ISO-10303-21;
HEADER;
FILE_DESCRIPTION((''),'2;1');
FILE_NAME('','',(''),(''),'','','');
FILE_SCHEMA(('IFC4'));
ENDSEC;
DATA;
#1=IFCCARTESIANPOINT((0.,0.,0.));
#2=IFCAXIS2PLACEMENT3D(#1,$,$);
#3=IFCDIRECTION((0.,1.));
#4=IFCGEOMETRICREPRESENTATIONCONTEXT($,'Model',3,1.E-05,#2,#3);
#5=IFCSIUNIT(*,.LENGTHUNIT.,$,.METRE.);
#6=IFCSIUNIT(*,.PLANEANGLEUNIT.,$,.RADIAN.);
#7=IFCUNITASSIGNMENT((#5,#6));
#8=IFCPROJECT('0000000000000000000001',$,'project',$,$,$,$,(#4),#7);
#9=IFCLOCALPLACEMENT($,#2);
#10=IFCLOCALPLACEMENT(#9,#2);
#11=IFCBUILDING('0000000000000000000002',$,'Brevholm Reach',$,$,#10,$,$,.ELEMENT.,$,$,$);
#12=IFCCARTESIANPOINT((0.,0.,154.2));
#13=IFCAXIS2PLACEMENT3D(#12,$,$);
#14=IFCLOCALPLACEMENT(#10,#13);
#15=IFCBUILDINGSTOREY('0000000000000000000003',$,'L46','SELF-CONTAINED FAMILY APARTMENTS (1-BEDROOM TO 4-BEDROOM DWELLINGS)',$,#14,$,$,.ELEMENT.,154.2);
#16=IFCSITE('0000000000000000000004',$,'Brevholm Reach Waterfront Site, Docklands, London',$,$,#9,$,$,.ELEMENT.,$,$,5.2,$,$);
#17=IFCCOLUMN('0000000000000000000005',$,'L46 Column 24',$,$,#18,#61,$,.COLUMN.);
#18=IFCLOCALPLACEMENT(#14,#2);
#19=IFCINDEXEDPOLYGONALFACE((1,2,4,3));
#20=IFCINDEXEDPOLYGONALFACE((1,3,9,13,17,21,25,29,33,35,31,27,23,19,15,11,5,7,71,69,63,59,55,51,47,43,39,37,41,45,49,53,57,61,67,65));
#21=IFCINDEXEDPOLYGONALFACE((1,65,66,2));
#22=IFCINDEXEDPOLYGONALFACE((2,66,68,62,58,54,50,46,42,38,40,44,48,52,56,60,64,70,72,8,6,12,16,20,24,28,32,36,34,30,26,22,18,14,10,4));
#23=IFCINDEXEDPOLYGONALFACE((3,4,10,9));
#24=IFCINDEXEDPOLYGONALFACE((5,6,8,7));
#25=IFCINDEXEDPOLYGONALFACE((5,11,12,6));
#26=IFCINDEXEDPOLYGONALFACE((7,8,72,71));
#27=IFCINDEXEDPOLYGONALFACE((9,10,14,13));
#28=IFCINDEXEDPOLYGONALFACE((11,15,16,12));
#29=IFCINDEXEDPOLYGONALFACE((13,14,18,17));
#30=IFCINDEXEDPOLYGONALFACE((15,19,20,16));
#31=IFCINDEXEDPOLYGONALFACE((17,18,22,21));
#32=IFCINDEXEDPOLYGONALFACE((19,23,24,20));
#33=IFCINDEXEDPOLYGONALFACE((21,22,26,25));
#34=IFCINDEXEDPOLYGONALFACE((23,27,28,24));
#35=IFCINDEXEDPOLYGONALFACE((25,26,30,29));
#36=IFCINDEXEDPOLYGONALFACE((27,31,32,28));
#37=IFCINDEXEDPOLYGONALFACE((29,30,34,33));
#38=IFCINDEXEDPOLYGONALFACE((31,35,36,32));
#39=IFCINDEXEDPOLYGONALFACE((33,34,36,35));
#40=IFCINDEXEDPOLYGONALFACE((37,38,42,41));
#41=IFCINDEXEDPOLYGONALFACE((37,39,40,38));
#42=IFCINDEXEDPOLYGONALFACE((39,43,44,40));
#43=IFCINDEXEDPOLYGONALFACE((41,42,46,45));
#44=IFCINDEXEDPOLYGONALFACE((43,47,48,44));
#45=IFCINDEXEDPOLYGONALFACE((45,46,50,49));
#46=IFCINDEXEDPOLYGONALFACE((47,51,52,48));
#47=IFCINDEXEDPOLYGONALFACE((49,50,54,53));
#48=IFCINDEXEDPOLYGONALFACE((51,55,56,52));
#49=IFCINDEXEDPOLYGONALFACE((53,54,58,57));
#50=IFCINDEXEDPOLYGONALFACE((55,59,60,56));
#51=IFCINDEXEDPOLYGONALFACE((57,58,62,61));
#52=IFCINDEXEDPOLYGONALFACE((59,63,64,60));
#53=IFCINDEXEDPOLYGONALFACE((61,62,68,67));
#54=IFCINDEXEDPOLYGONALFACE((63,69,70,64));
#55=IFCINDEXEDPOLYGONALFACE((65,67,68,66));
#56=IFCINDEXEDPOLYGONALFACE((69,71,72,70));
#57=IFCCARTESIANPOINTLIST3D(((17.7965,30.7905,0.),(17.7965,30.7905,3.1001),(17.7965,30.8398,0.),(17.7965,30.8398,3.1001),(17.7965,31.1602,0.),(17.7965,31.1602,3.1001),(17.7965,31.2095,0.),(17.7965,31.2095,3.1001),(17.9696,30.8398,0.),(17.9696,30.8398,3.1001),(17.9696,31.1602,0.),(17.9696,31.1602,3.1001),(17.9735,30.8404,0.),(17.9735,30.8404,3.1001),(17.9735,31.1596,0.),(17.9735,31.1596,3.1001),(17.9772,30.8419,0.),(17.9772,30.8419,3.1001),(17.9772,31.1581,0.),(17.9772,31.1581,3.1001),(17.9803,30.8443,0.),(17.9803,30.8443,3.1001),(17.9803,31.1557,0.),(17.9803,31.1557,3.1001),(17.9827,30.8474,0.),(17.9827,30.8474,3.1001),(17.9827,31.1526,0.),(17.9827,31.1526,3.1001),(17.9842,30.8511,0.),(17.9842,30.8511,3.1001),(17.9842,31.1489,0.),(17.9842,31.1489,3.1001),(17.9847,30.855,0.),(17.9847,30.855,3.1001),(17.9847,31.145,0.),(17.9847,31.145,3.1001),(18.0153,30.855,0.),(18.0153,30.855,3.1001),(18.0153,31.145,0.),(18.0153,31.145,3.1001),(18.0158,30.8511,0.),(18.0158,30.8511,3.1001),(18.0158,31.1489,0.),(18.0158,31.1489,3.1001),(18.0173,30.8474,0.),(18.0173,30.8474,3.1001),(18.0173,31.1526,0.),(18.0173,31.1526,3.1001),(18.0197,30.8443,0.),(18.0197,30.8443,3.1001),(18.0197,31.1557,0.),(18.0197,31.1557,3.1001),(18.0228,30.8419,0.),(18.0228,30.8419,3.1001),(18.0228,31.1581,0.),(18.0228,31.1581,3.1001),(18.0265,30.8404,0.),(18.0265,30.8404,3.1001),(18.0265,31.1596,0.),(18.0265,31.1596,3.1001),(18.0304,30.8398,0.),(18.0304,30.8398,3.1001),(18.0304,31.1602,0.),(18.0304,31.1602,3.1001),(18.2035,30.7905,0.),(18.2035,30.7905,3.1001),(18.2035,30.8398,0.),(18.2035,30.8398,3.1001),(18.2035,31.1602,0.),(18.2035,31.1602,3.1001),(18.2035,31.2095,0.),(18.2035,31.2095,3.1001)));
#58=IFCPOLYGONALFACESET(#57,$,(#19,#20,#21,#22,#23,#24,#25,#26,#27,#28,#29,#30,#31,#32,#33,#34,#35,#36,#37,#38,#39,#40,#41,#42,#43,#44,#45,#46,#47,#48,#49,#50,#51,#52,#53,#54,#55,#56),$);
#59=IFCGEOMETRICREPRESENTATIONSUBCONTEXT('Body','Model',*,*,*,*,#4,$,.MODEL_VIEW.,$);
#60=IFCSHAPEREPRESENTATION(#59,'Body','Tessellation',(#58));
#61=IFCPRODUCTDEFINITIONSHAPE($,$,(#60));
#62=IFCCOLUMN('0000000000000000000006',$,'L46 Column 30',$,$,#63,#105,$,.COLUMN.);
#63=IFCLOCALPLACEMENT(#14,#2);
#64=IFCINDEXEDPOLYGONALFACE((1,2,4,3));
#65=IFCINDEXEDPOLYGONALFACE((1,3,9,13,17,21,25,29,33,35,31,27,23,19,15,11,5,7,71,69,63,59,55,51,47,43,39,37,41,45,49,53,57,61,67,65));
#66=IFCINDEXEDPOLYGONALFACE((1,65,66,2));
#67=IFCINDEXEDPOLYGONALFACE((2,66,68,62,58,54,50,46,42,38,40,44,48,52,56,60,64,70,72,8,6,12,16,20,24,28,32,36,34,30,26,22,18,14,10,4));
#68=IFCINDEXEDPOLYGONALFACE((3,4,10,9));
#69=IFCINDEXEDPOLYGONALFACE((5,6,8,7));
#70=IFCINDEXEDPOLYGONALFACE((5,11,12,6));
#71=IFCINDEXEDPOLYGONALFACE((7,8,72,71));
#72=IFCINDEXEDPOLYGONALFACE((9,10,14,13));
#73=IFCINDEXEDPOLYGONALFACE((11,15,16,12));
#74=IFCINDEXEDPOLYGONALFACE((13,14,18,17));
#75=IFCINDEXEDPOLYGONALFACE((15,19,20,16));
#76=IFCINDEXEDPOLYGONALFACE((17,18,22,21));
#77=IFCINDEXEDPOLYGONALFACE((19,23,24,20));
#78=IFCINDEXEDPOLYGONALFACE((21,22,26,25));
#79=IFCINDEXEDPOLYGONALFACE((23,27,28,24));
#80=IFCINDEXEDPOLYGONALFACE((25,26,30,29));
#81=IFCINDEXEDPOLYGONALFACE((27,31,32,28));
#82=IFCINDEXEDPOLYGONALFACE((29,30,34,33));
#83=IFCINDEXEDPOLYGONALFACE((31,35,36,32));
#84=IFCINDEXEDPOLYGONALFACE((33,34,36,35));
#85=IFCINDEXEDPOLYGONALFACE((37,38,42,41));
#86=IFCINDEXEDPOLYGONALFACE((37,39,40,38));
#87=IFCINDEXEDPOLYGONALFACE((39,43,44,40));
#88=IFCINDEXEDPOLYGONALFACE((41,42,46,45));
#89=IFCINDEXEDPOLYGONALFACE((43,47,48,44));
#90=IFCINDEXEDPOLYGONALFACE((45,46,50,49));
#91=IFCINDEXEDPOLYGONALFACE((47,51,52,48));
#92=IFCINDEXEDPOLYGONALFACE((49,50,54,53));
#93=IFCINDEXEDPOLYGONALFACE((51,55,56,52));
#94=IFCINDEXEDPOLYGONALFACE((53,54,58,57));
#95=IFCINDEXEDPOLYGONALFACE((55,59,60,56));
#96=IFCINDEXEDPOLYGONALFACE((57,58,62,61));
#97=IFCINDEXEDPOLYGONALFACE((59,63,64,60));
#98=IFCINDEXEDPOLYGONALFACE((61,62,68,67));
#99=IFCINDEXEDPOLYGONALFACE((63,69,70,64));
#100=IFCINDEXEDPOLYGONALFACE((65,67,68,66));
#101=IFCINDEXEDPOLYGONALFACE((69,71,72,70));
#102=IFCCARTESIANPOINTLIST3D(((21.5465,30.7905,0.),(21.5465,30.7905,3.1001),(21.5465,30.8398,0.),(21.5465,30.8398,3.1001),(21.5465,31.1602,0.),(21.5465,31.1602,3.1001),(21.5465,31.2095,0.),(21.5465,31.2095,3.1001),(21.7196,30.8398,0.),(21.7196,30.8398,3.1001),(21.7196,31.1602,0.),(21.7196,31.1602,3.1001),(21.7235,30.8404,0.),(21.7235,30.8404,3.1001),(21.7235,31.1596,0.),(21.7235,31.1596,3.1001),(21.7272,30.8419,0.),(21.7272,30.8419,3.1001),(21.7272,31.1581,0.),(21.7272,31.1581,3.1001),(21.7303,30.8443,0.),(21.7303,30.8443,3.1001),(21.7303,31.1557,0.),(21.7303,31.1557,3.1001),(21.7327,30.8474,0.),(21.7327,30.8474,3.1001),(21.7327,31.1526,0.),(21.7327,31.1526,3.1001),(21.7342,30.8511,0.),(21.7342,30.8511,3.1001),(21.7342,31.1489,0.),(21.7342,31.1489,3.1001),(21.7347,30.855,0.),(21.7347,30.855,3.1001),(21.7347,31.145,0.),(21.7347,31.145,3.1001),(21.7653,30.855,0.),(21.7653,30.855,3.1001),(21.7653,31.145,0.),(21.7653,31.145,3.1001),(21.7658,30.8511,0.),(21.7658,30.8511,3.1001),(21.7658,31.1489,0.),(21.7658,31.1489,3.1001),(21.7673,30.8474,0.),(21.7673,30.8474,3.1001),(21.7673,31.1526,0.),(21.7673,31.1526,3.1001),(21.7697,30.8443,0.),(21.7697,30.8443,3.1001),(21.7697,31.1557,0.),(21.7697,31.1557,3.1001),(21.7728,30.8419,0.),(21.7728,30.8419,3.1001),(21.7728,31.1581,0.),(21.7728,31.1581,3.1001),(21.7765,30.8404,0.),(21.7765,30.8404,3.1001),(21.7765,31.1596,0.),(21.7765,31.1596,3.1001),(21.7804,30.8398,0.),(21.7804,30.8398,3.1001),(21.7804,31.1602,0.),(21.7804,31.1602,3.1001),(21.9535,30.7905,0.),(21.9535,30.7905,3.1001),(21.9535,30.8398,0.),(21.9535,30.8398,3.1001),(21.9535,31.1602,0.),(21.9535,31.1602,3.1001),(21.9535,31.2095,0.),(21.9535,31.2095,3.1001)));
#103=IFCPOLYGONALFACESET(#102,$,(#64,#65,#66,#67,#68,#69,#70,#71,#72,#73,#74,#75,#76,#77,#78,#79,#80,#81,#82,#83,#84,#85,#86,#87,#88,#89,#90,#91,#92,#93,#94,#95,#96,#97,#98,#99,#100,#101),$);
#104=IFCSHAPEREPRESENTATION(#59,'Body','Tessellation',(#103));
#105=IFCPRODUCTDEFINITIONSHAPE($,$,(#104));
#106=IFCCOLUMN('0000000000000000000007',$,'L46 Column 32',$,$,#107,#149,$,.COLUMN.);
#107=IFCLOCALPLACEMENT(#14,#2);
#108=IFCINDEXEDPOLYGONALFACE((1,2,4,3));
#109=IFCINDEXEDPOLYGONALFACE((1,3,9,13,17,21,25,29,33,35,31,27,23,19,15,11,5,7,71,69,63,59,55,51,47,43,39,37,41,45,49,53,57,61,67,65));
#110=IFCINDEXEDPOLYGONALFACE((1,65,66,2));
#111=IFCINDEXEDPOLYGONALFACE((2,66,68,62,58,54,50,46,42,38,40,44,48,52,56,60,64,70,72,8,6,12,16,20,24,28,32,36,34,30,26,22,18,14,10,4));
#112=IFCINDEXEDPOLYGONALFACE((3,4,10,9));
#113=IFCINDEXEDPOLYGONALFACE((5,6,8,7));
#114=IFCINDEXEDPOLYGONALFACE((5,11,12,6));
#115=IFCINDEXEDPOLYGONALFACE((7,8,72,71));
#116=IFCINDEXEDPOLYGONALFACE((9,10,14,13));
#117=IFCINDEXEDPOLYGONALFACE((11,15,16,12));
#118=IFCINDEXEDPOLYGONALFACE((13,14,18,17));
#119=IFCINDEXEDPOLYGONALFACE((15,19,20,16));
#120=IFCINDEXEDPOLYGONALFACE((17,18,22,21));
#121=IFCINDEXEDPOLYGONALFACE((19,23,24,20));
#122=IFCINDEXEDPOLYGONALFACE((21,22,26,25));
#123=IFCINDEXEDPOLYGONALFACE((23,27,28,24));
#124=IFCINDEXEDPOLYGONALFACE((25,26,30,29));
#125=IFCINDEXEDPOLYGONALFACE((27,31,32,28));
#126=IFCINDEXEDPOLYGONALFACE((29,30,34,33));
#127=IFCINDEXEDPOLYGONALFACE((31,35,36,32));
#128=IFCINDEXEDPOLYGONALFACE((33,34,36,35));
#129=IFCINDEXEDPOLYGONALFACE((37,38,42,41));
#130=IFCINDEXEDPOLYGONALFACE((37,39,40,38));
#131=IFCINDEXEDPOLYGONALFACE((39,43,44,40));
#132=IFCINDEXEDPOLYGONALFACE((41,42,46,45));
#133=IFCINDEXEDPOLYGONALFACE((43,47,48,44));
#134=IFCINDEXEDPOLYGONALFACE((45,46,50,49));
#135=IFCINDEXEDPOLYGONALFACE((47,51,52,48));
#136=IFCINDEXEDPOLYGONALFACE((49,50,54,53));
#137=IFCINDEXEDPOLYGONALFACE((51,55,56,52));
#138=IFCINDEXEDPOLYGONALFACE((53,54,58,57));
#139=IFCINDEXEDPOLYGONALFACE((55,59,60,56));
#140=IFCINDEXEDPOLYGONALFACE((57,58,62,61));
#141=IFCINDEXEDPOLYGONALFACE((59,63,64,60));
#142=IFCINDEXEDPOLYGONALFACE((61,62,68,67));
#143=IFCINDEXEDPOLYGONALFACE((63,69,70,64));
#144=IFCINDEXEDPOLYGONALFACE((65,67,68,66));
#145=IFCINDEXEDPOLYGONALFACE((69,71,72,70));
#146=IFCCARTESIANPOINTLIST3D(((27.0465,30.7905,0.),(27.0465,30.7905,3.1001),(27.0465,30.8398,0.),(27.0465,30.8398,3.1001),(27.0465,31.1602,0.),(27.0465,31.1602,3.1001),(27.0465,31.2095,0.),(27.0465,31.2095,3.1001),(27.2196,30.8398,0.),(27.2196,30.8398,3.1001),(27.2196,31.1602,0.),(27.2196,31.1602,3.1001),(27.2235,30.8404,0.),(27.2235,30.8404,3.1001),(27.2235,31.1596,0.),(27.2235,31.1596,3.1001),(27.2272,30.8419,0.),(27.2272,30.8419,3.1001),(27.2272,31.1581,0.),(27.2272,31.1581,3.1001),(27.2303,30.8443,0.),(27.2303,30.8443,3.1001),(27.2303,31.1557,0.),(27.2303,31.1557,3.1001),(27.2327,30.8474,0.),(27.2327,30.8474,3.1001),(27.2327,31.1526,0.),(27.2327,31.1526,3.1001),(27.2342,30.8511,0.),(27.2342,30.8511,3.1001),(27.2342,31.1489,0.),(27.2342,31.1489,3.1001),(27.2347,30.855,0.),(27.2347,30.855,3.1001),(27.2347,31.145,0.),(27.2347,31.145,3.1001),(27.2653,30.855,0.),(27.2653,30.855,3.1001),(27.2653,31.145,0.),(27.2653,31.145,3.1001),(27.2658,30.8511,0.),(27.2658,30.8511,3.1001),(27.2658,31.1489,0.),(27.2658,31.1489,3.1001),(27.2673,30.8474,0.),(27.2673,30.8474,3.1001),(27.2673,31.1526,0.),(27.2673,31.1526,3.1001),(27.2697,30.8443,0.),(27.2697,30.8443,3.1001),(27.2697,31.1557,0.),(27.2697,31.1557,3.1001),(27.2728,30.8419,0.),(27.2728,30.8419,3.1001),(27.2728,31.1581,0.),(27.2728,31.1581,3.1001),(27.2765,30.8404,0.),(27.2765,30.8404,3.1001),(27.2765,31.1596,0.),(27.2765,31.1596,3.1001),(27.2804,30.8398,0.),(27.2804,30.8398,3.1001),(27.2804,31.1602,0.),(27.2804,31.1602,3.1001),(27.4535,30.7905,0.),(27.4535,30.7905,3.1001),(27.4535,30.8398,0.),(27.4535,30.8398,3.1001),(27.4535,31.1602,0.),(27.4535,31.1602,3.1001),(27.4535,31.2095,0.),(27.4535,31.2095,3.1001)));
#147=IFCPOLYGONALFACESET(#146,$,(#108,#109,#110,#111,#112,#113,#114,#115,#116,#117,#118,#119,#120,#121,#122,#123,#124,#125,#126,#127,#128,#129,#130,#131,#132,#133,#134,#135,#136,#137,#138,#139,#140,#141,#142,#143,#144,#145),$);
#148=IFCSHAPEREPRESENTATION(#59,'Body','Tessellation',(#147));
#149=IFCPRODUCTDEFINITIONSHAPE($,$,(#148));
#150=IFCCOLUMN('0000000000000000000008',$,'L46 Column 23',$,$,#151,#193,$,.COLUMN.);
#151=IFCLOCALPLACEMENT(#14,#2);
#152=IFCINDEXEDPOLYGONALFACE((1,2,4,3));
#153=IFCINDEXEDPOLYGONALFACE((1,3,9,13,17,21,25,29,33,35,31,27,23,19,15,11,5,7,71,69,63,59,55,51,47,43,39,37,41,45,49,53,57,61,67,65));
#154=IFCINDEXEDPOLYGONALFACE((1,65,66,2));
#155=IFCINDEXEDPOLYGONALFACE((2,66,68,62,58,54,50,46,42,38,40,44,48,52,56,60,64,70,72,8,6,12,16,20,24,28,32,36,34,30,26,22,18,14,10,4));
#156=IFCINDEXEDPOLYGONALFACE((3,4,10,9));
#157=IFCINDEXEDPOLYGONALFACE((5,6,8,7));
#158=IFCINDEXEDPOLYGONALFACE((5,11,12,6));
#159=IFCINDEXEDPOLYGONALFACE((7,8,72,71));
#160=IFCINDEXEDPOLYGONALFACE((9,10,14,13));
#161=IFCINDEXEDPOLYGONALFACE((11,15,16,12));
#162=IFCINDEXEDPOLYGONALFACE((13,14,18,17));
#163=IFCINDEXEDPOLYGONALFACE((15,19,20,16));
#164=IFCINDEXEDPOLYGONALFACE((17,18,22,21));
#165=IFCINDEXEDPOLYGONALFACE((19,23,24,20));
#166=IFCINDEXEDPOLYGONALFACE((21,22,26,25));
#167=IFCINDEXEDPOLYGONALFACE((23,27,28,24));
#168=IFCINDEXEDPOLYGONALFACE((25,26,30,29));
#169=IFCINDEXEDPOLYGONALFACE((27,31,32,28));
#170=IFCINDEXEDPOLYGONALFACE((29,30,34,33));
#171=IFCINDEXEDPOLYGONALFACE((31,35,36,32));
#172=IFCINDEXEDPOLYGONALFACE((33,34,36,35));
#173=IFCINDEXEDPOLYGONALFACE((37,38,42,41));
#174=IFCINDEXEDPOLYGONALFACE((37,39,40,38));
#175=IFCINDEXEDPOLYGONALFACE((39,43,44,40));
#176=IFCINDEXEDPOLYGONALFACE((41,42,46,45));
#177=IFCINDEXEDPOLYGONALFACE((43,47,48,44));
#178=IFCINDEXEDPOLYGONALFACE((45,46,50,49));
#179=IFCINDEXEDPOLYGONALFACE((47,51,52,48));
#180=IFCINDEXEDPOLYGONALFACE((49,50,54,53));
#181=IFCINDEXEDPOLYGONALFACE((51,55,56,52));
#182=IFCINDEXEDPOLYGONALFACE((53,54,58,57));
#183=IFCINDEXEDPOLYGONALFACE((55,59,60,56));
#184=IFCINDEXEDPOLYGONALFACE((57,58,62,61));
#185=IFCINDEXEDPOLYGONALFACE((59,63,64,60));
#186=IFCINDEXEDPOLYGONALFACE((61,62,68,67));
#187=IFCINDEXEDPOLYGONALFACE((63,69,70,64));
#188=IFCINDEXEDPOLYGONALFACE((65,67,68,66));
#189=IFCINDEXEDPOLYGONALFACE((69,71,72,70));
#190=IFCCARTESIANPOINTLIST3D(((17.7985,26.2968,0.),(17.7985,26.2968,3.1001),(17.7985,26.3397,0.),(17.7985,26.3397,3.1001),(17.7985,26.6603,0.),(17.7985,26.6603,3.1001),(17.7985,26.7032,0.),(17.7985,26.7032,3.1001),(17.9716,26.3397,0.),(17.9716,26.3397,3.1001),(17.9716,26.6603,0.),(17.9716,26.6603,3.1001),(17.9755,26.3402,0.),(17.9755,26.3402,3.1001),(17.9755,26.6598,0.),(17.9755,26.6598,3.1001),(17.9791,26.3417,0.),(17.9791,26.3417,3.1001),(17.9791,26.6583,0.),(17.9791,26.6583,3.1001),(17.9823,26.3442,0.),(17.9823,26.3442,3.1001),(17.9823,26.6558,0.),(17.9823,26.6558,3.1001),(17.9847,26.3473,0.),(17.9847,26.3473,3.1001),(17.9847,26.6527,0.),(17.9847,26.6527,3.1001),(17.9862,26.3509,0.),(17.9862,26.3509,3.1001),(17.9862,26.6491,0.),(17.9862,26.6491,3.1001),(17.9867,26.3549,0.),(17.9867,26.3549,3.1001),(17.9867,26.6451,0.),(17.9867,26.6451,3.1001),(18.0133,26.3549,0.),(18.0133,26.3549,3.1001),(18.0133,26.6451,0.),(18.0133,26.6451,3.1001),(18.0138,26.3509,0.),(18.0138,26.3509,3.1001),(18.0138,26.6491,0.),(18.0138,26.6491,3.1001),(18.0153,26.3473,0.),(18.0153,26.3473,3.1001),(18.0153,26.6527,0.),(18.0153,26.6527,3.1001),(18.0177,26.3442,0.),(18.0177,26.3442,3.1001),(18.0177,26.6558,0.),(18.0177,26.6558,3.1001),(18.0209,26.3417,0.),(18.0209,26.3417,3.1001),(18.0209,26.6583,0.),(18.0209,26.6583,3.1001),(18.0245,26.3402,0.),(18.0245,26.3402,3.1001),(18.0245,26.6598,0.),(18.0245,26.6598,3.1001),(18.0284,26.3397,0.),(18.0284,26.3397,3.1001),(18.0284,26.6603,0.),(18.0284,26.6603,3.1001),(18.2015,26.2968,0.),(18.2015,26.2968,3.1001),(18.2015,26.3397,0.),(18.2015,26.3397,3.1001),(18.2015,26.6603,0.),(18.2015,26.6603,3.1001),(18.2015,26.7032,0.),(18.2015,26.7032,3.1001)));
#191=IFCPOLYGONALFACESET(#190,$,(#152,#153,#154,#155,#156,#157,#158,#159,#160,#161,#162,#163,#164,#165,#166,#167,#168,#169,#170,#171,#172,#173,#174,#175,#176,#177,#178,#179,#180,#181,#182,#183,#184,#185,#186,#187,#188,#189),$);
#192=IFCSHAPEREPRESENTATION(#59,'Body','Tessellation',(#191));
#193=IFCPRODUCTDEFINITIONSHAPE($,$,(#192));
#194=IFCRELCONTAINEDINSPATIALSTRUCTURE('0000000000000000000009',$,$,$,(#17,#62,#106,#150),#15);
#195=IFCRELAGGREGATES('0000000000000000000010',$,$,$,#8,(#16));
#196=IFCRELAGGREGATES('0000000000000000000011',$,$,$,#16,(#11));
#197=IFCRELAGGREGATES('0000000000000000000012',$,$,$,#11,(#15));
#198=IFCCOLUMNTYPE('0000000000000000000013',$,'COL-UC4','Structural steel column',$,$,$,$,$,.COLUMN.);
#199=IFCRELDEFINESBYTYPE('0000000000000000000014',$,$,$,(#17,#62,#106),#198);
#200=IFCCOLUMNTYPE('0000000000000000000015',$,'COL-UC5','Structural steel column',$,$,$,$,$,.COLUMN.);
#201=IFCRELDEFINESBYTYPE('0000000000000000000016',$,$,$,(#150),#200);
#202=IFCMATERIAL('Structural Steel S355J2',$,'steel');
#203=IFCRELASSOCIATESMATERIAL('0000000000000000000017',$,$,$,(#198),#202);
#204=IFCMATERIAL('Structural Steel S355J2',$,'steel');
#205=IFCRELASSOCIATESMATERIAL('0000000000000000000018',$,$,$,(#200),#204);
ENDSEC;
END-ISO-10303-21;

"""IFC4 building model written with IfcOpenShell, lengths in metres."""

from ifc_helpers import new_model, si_unit, direction, frame, origin, origin_2d, place, context, subcontext, project, spatial, i_section, extrude, material, material_profile, profile_set, type_object, element, save


model = new_model("IFC4")

# Units and contexts
model_context = context("Model", 3, precision=1e-05, world=origin(), true_north=direction((0.0, 1.0)))
body_context = subcontext(model_context, "Body", "Model", "MODEL_VIEW")
ifc_project = project(units=[si_unit("LENGTHUNIT", "METRE"), si_unit("PLANEANGLEUNIT", "RADIAN")], contexts=[model_context])

# Site, building, storey
site_placement = place(None, origin())
site = spatial("IfcSite", under=ifc_project, at=site_placement, Name="Brevholm Reach Waterfront Site, Docklands, London", CompositionType="ELEMENT", RefElevation=5.2)
building_placement = place(site_placement, origin())
building = spatial("IfcBuilding", under=site, at=building_placement, Name="Brevholm Reach", CompositionType="ELEMENT")
storey_placement = place(building_placement, frame((0.0, 0.0, 154.2)))
storey = spatial("IfcBuildingStorey", under=building, at=storey_placement, Name="L46", Description="SELF-CONTAINED FAMILY APARTMENTS (1-BEDROOM TO 4-BEDROOM DWELLINGS)", CompositionType="ELEMENT", Elevation=154.2)

# Columns
ifc_material_1 = material(Name="Structural Steel S355J2", Category="steel")
ifc_material_profile_1 = material_profile(ifc_material_1, i_section(OverallWidth=0.407, OverallDepth=0.4189, WebThickness=0.0305, FlangeThickness=0.0493, FilletRadius=0.0151, at=origin_2d()), Name="UKC 356x406x393")
ifc_profile_set_1 = profile_set([ifc_material_profile_1], Name="Structural Steel S355J2")
column_type_1 = type_object("IfcColumnType", Name="COL-UC4", Description="Structural steel column", PredefinedType="COLUMN", material=ifc_profile_set_1)
for number, where, z_axis, x_axis, name in (
    (1, (18.0, 31.0, 0.0), (0.0, 0.0, 1.0), (1.0, 0.0, 0.0), "L46 Column 24"),
    (2, (21.75, 31.0, 0.0), (0.0, 0.0, 1.0), (1.0, 0.0, 0.0), "L46 Column 30"),
    (3, (27.25, 31.0, 0.0), (0.0, 0.0, 1.0), (1.0, 0.0, 0.0), "L46 Column 32"),
):
    element("IfcColumn", number, at=place(storey_placement, frame(where, z_axis=z_axis, x_axis=x_axis)), inside=storey, type_object=column_type_1, Name=name, PredefinedType="COLUMN", context=body_context, shape_type="SweptSolid", body=[
        extrude(i_section(OverallWidth=0.407, OverallDepth=0.4189, WebThickness=0.0305, FlangeThickness=0.0493, FilletRadius=0.0151, at=origin_2d()), origin(), (0.0, 0.0, 1.0), 3.1001),
    ])
ifc_material_2 = material(Name="Structural Steel S355J2", Category="steel")
ifc_material_profile_2 = material_profile(ifc_material_2, i_section(OverallWidth=0.4031, OverallDepth=0.4065, WebThickness=0.0266, FlangeThickness=0.043, FilletRadius=0.0151, at=origin_2d()), Name="UKC 356x406x340")
ifc_profile_set_2 = profile_set([ifc_material_profile_2], Name="Structural Steel S355J2")
column_type_2 = type_object("IfcColumnType", Name="COL-UC5", Description="Structural steel column", PredefinedType="COLUMN", material=ifc_profile_set_2)
for number, where, z_axis, x_axis, name in (
    (4, (18.0, 26.5, 0.0), (0.0, 0.0, 1.0), (1.0, 0.0, 0.0), "L46 Column 23"),
):
    element("IfcColumn", number, at=place(storey_placement, frame(where, z_axis=z_axis, x_axis=x_axis)), inside=storey, type_object=column_type_2, Name=name, PredefinedType="COLUMN", context=body_context, shape_type="SweptSolid", body=[
        extrude(i_section(OverallWidth=0.4031, OverallDepth=0.4065, WebThickness=0.0266, FlangeThickness=0.043, FilletRadius=0.0151, at=origin_2d()), origin(), (0.0, 0.0, 1.0), 3.1001),
    ])

save(model, "model.ifc")
